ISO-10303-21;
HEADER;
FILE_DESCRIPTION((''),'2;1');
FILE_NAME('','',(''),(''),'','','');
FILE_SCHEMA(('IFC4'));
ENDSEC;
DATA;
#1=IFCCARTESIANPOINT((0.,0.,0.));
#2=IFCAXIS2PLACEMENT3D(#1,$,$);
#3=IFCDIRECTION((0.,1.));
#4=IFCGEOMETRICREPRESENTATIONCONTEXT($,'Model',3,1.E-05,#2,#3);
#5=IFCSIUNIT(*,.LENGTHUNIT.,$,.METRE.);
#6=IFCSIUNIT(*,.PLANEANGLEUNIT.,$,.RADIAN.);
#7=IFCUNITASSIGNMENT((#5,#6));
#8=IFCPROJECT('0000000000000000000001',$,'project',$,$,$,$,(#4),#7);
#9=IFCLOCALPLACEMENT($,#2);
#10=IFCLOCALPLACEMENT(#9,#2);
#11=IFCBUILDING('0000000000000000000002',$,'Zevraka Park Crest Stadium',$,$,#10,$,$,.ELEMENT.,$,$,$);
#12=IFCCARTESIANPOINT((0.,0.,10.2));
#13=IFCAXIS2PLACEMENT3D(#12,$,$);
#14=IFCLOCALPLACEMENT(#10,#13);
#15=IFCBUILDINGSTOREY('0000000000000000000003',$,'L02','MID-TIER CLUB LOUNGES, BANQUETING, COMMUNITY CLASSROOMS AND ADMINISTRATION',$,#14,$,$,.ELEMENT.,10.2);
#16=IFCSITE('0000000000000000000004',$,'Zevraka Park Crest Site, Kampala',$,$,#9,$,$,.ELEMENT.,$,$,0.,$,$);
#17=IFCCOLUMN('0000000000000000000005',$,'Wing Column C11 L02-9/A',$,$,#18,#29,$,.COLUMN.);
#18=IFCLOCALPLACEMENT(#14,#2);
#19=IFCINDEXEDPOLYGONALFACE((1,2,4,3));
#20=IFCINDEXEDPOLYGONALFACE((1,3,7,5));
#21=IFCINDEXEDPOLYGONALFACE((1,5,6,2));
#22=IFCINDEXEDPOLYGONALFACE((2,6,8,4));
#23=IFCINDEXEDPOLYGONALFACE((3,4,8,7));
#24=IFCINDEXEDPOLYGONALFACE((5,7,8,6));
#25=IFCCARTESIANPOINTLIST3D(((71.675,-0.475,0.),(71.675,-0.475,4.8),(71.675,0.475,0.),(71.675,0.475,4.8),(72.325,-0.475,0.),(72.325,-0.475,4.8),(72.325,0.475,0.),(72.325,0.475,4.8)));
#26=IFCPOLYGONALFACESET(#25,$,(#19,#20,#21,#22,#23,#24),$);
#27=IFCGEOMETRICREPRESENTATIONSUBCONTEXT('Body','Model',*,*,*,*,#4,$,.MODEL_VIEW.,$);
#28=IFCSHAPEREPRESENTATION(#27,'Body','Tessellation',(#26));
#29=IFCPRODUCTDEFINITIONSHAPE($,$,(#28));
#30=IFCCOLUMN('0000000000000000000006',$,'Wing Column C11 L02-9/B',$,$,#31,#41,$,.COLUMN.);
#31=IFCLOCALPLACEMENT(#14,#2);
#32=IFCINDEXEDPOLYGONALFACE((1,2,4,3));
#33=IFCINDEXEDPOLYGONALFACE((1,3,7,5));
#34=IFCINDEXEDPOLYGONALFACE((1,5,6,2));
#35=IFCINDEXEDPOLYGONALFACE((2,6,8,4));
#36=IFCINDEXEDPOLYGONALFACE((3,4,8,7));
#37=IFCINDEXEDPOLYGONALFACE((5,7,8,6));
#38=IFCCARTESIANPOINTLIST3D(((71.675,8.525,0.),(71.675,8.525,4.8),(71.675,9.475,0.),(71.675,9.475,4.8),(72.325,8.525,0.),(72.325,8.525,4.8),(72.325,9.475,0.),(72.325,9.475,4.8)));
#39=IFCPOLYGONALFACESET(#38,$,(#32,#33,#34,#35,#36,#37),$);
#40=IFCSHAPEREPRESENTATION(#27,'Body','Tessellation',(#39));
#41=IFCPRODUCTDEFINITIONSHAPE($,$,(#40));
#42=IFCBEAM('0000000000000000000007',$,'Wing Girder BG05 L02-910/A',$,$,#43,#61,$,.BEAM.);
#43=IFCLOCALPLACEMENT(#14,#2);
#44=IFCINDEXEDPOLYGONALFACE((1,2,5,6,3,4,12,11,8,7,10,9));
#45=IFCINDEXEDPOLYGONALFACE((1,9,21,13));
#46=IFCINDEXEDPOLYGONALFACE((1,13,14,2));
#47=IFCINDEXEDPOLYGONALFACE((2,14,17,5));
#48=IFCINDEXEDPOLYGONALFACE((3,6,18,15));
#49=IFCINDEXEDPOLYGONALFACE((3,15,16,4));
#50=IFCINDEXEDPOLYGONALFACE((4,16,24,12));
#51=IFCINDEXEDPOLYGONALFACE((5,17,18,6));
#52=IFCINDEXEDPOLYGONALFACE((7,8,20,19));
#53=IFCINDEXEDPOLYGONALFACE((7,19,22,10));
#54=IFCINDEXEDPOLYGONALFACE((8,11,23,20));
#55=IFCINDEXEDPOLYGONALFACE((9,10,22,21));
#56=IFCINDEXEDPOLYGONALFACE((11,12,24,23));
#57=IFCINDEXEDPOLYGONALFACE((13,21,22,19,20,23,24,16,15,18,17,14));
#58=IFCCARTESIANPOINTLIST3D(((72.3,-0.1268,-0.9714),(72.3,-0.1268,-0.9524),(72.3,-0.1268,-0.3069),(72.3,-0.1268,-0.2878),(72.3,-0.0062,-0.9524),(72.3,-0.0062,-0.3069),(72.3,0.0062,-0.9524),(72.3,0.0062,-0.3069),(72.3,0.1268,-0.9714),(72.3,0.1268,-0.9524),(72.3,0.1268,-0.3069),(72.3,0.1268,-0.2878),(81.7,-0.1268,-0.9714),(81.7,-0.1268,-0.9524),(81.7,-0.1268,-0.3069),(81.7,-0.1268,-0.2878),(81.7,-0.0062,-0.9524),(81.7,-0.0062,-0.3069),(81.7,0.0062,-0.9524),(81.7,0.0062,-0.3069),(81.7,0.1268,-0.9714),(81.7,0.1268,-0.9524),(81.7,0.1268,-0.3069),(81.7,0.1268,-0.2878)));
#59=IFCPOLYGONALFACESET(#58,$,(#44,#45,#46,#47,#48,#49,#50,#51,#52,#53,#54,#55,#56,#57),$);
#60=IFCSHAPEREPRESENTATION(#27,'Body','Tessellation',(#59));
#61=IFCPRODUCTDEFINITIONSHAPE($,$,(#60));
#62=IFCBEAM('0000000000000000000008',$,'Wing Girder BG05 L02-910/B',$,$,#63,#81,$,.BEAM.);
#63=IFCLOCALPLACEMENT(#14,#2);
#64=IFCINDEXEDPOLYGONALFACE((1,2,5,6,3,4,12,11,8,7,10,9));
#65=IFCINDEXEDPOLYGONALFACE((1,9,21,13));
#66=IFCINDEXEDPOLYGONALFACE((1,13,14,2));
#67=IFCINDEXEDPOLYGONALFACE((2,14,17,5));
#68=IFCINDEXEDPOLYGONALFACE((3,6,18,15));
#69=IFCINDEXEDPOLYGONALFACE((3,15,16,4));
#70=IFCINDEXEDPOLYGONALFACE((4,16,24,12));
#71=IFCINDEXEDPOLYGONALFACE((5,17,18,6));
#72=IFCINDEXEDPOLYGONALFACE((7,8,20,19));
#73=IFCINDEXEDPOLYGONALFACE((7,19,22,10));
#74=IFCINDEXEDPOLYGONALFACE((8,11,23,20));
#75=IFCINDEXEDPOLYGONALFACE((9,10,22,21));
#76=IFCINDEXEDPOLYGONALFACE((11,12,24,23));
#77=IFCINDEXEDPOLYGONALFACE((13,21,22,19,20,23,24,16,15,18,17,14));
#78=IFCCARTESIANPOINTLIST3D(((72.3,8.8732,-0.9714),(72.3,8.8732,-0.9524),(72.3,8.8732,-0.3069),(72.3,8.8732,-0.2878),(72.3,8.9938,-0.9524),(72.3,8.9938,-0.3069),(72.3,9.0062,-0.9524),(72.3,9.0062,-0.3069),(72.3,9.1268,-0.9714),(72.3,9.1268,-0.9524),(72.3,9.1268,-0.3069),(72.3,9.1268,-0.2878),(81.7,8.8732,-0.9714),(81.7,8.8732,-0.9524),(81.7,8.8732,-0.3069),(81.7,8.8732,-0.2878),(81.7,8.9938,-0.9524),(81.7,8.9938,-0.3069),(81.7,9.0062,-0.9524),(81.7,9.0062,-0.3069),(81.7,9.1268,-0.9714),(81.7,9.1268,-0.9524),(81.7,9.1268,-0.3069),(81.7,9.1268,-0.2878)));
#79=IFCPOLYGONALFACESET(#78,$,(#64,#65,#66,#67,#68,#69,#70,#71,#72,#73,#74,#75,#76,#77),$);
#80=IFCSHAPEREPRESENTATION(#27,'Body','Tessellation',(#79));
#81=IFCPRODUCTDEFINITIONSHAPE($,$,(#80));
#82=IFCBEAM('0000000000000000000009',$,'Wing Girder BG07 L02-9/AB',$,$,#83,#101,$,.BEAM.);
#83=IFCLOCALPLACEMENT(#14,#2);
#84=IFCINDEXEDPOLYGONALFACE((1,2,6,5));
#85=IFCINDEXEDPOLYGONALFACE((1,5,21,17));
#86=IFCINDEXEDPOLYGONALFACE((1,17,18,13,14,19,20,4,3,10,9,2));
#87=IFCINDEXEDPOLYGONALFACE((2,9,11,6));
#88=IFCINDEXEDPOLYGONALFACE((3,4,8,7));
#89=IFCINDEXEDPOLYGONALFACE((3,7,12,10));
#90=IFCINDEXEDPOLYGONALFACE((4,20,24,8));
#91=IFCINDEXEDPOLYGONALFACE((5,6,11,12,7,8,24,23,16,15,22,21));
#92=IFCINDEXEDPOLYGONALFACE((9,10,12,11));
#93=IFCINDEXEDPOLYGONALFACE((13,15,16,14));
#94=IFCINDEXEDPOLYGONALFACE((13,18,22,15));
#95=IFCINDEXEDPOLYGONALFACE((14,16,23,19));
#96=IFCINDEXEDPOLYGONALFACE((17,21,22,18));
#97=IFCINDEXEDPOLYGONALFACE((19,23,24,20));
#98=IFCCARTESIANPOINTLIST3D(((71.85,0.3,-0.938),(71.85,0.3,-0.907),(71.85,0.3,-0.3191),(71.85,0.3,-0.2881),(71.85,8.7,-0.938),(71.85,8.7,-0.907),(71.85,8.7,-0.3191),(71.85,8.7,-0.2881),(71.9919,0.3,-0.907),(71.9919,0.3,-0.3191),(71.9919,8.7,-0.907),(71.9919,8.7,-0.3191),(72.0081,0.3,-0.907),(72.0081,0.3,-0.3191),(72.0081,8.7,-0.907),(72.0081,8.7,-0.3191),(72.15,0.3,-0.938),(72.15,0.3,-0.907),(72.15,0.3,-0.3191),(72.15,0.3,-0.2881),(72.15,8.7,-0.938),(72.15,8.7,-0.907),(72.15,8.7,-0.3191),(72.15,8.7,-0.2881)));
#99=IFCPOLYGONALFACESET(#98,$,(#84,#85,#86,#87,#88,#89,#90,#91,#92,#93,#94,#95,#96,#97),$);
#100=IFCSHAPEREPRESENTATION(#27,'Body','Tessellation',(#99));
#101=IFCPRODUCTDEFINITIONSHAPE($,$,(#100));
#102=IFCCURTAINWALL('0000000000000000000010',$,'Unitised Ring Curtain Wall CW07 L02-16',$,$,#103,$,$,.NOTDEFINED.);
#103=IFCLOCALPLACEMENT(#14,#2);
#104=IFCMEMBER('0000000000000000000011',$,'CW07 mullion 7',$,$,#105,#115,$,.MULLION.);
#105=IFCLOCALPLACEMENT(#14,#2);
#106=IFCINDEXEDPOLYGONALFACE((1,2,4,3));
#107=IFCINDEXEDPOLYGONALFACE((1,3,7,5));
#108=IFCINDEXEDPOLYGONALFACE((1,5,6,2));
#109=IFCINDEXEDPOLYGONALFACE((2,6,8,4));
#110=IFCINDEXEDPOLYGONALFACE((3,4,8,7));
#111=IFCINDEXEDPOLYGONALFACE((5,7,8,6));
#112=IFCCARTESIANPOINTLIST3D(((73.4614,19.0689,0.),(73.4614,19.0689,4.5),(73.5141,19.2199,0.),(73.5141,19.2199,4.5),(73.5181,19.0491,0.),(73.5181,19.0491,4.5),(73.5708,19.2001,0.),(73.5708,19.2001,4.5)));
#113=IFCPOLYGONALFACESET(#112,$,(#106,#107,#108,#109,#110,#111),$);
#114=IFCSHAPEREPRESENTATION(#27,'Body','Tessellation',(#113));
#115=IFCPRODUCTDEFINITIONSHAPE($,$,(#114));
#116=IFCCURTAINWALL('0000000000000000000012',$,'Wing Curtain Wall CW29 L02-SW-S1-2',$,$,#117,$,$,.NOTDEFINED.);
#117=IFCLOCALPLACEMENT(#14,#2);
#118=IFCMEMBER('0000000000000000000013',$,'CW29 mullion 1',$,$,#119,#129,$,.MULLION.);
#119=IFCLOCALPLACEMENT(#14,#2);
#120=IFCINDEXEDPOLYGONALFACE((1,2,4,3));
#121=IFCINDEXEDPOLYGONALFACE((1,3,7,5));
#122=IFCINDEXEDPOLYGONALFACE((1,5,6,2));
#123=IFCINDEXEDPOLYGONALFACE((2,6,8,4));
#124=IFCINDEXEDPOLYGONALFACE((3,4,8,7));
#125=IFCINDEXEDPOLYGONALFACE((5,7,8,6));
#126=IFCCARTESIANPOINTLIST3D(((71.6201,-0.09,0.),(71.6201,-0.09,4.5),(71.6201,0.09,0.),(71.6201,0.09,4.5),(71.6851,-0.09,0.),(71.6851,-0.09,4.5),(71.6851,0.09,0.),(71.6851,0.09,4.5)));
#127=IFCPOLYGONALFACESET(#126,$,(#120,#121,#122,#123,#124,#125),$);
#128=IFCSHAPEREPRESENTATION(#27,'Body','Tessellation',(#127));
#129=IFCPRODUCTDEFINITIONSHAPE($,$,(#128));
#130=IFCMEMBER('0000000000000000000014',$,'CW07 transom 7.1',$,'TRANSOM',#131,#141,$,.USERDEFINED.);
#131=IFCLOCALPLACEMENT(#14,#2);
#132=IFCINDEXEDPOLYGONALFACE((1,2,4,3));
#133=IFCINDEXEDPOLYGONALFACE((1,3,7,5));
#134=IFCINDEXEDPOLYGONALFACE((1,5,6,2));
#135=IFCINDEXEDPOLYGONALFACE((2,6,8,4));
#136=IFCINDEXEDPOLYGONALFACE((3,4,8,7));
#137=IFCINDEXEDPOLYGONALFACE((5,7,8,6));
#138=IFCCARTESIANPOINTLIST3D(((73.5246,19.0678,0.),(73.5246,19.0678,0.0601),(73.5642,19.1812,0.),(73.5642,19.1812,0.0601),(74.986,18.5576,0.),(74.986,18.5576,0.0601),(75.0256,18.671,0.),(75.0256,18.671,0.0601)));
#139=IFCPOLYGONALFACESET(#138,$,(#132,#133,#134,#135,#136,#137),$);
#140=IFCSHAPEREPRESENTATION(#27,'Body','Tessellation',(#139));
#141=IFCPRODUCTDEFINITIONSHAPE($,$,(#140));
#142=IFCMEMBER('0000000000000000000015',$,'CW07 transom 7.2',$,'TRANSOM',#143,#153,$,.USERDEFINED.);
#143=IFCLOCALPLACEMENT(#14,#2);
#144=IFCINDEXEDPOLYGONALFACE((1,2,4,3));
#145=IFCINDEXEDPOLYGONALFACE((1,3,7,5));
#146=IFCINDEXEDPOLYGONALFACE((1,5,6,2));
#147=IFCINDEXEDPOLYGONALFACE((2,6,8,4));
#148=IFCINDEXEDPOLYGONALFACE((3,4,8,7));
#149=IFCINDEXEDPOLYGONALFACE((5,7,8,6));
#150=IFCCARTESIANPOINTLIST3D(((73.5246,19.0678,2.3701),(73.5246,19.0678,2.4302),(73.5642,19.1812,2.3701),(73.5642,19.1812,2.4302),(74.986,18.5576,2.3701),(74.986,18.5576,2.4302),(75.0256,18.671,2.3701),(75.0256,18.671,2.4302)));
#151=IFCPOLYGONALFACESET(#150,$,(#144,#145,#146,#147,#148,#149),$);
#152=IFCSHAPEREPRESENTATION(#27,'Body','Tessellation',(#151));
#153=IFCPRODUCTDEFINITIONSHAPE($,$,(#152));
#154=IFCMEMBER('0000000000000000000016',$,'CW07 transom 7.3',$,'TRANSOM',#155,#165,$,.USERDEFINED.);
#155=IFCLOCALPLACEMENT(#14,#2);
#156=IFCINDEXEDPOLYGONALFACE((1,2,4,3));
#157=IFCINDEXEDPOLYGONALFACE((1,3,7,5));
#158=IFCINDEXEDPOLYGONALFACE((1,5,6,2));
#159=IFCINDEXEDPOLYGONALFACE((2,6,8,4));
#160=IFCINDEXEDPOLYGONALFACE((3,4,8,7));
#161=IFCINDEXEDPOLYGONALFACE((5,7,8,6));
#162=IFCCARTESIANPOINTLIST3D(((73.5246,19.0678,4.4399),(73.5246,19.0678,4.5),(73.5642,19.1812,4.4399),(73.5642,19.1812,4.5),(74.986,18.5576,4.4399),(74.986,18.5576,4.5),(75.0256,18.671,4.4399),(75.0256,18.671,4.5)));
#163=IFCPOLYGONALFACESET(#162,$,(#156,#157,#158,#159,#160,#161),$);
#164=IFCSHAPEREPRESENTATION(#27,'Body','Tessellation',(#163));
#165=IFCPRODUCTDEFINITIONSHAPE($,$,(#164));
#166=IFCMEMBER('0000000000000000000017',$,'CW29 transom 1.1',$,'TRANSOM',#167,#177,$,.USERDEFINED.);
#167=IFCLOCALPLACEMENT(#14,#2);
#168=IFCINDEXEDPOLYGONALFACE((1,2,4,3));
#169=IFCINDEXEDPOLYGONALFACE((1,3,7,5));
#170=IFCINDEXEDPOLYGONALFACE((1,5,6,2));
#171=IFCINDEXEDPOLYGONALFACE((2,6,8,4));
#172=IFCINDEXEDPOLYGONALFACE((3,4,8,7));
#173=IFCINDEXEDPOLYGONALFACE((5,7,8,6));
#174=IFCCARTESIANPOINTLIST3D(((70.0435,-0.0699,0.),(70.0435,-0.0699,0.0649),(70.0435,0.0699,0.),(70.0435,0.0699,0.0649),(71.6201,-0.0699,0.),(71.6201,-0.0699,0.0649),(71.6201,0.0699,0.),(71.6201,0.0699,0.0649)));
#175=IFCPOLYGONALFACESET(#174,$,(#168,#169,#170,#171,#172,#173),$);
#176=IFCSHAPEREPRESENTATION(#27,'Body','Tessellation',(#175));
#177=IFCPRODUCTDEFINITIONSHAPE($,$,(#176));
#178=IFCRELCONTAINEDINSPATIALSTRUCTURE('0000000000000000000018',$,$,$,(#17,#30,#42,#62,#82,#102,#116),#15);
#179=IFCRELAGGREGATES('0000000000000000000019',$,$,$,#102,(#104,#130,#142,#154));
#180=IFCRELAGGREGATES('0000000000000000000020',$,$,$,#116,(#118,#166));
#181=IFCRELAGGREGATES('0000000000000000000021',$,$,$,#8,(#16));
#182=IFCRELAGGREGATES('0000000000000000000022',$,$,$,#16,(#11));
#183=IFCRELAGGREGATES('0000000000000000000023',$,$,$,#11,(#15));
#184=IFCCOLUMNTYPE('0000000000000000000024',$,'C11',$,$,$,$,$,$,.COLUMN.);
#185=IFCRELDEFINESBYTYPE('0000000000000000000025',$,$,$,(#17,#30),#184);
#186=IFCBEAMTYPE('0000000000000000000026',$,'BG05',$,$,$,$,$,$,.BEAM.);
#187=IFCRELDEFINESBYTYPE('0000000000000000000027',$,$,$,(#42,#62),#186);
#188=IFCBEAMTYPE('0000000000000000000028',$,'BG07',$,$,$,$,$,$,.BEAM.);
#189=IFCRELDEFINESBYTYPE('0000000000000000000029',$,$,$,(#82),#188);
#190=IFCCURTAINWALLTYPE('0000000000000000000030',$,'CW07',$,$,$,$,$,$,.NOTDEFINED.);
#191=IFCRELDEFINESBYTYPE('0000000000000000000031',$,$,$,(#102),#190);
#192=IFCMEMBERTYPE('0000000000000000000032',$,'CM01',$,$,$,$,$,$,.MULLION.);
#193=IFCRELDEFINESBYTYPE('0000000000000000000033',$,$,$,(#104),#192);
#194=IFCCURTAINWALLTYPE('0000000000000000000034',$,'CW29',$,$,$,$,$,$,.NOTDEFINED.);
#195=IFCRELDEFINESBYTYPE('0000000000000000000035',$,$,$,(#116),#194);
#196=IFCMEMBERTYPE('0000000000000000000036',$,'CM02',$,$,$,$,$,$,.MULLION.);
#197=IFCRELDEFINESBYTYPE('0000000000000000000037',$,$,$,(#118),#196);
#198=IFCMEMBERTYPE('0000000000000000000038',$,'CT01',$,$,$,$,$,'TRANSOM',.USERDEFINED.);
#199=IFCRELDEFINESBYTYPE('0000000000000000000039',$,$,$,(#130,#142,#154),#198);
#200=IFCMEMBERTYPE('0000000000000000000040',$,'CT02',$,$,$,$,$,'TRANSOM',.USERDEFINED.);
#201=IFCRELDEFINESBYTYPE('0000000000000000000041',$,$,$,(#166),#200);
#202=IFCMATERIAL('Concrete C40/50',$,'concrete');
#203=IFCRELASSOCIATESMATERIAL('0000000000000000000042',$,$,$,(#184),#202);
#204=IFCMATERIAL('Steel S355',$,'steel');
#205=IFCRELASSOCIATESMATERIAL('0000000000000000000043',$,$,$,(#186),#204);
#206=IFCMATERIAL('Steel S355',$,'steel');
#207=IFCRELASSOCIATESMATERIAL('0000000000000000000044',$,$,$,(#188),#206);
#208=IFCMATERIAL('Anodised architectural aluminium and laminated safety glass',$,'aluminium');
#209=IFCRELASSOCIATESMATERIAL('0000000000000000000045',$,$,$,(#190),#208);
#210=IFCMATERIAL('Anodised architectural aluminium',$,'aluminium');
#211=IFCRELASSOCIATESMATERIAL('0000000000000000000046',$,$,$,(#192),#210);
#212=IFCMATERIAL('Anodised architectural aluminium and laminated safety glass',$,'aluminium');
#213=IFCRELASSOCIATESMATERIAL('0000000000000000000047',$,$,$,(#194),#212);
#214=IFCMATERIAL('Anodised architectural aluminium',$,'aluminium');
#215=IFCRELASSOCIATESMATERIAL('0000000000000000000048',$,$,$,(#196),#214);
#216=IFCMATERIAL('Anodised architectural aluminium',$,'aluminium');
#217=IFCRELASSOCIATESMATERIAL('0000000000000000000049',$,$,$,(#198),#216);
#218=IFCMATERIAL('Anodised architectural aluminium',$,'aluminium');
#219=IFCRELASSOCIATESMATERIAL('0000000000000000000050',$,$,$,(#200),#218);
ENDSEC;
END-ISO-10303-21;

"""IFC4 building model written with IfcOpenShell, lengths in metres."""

from ifc_helpers import new_model, si_unit, direction, frame, origin, origin_2d, place, context, subcontext, project, spatial, rectangle, i_section, extrude, material, material_profile, profile_set, type_object, element, aggregate, save


model = new_model("IFC4")

# Units and contexts
model_context = context("Model", 3, precision=1e-05, world=origin(), true_north=direction((0.0, 1.0)))
body_context = subcontext(model_context, "Body", "Model", "MODEL_VIEW")
ifc_project = project(units=[si_unit("LENGTHUNIT", "METRE"), si_unit("PLANEANGLEUNIT", "RADIAN")], contexts=[model_context])

# Site, building, storey
site_placement = place(None, origin())
site = spatial("IfcSite", under=ifc_project, at=site_placement, Name="Zevraka Park Crest Site, Kampala", CompositionType="ELEMENT", RefElevation=0.0)
building_placement = place(site_placement, origin())
building = spatial("IfcBuilding", under=site, at=building_placement, Name="Zevraka Park Crest Stadium", CompositionType="ELEMENT")
storey_placement = place(building_placement, frame((0.0, 0.0, 10.2)))
storey = spatial("IfcBuildingStorey", under=building, at=storey_placement, Name="L02", Description="MID-TIER CLUB LOUNGES, BANQUETING, COMMUNITY CLASSROOMS AND ADMINISTRATION", CompositionType="ELEMENT", Elevation=10.2)

# Columns
ifc_material_1 = material(Name="Concrete C40/50", Category="concrete")
ifc_material_profile_1 = material_profile(ifc_material_1, rectangle(XDim=0.6499, YDim=0.95, at=origin_2d()), Name="RC 950x650")
ifc_profile_set_1 = profile_set([ifc_material_profile_1], Name="Concrete C40/50")
column_type = type_object("IfcColumnType", Name="C11", PredefinedType="COLUMN", material=ifc_profile_set_1)
for number, where, z_axis, x_axis, name in (
    (1, (72.0, 0.0, 0.0), (0.0, 0.0, 1.0), (1.0, 0.0, 0.0), "Wing Column C11 L02-9/A"),
    (2, (72.0, 9.0, 0.0), (0.0, 0.0, 1.0), (1.0, 0.0, 0.0), "Wing Column C11 L02-9/B"),
):
    element("IfcColumn", number, at=place(storey_placement, frame(where, z_axis=z_axis, x_axis=x_axis)), inside=storey, type_object=column_type, Name=name, PredefinedType="COLUMN", context=body_context, shape_type="SweptSolid", body=[
        extrude(rectangle(XDim=0.6499, YDim=0.95, at=origin_2d()), origin(), (0.0, 0.0, 1.0), 4.8),
    ])

# Beams
ifc_material_2 = material(Name="Steel S355", Category="steel")
ifc_material_profile_2 = material_profile(ifc_material_2, i_section(OverallWidth=0.2537, OverallDepth=0.6836, WebThickness=0.0125, FlangeThickness=0.019, at=origin_2d()), Name="UKB 686x254x140")
ifc_profile_set_2 = profile_set([ifc_material_profile_2], Name="Steel S355")
beam_type_1 = type_object("IfcBeamType", Name="BG05", PredefinedType="BEAM", material=ifc_profile_set_2)
for number, where, z_axis, x_axis, name in (
    (3, (72.3, 0.0, -0.6296), (1.0, 0.0, 0.0), (0.0, 1.0, 0.0), "Wing Girder BG05 L02-910/A"),
    (4, (72.3, 9.0, -0.6296), (1.0, 0.0, 0.0), (0.0, 1.0, 0.0), "Wing Girder BG05 L02-910/B"),
):
    element("IfcBeam", number, at=place(storey_placement, frame(where, z_axis=z_axis, x_axis=x_axis)), inside=storey, type_object=beam_type_1, Name=name, PredefinedType="BEAM", context=body_context, shape_type="SweptSolid", body=[
        extrude(i_section(OverallWidth=0.2537, OverallDepth=0.6836, WebThickness=0.0125, FlangeThickness=0.019, at=origin_2d()), origin(), (0.0, 0.0, 1.0), 9.3999),
    ])
ifc_material_3 = material(Name="Steel S355", Category="steel")
ifc_material_profile_3 = material_profile(ifc_material_3, i_section(OverallWidth=0.3, OverallDepth=0.6499, WebThickness=0.0161, FlangeThickness=0.031, at=origin_2d()), Name="HEB 650")
ifc_profile_set_3 = profile_set([ifc_material_profile_3], Name="Steel S355")
beam_type_2 = type_object("IfcBeamType", Name="BG07", PredefinedType="BEAM", material=ifc_profile_set_3)
beam_placement = place(storey_placement, frame((72.0, 0.3, -0.613), z_axis=(0.0, 1.0, 0.0), x_axis=(-1.0, 0.0, 0.0)))
element("IfcBeam", 5, at=beam_placement, inside=storey, type_object=beam_type_2, Name="Wing Girder BG07 L02-9/AB", PredefinedType="BEAM", context=body_context, shape_type="SweptSolid", body=[
    extrude(i_section(OverallWidth=0.3, OverallDepth=0.6499, WebThickness=0.0161, FlangeThickness=0.031, at=origin_2d()), origin(), (0.0, 0.0, 1.0), 8.3999),
])

# Curtain walls, members
ifc_material_4 = material(Name="Anodised architectural aluminium and laminated safety glass", Category="aluminium")
curtain_wall_type_1 = type_object("IfcCurtainWallType", Name="CW07", PredefinedType="NOTDEFINED", material=ifc_material_4)
curtain_wall_1_placement = place(storey_placement, origin())
curtain_wall_1 = element("IfcCurtainWall", 6, at=curtain_wall_1_placement, inside=storey, type_object=curtain_wall_type_1, Name="Unitised Ring Curtain Wall CW07 L02-16", PredefinedType="NOTDEFINED")
ifc_material_5 = material(Name="Anodised architectural aluminium", Category="aluminium")
ifc_material_profile_4 = material_profile(ifc_material_5, rectangle(XDim=0.1599, YDim=0.0601, at=origin_2d()), Name="ALU MULLION 160x60")
ifc_profile_set_4 = profile_set([ifc_material_profile_4], Name="Anodised architectural aluminium")
member_type_1 = type_object("IfcMemberType", Name="CM01", PredefinedType="MULLION", material=ifc_profile_set_4)
member_1_placement = place(storey_placement, frame((73.5161, 19.1345, 0.0), z_axis=(0.0, 0.0, 1.0), x_axis=(0.329619, 0.944114, 0.0)))
member_1 = element("IfcMember", 7, at=member_1_placement, type_object=member_type_1, Name="CW07 mullion 7", PredefinedType="MULLION", context=body_context, shape_type="SweptSolid", body=[
    extrude(rectangle(XDim=0.1599, YDim=0.0601, at=origin_2d()), origin(), (0.0, 0.0, 1.0), 4.5),
])
ifc_material_6 = material(Name="Anodised architectural aluminium and laminated safety glass", Category="aluminium")
curtain_wall_type_2 = type_object("IfcCurtainWallType", Name="CW29", PredefinedType="NOTDEFINED", material=ifc_material_6)
curtain_wall_2_placement = place(storey_placement, origin())
curtain_wall_2 = element("IfcCurtainWall", 8, at=curtain_wall_2_placement, inside=storey, type_object=curtain_wall_type_2, Name="Wing Curtain Wall CW29 L02-SW-S1-2", PredefinedType="NOTDEFINED")
ifc_material_7 = material(Name="Anodised architectural aluminium", Category="aluminium")
ifc_material_profile_5 = material_profile(ifc_material_7, rectangle(XDim=0.1799, YDim=0.0649, at=origin_2d()), Name="ALU MULLION 180x65")
ifc_profile_set_5 = profile_set([ifc_material_profile_5], Name="Anodised architectural aluminium")
member_type_2 = type_object("IfcMemberType", Name="CM02", PredefinedType="MULLION", material=ifc_profile_set_5)
member_2_placement = place(storey_placement, frame((71.6526, 0.0, 0.0), z_axis=(0.0, 0.0, 1.0), x_axis=(0.0, -1.0, 0.0)))
member_2 = element("IfcMember", 9, at=member_2_placement, type_object=member_type_2, Name="CW29 mullion 1", PredefinedType="MULLION", context=body_context, shape_type="SweptSolid", body=[
    extrude(rectangle(XDim=0.1799, YDim=0.0649, at=origin_2d()), origin(), (0.0, 0.0, 1.0), 4.5),
])

# Members
ifc_material_8 = material(Name="Anodised architectural aluminium", Category="aluminium")
ifc_material_profile_6 = material_profile(ifc_material_8, rectangle(XDim=0.1201, YDim=0.0601, at=origin_2d()), Name="ALU TRANSOM 120x60")
ifc_profile_set_6 = profile_set([ifc_material_profile_6], Name="Anodised architectural aluminium")
member_type_3 = type_object("IfcMemberType", Name="CT01", ElementType="TRANSOM", PredefinedType="USERDEFINED", material=ifc_profile_set_6)
member_3_placement = place(storey_placement, frame((73.5444, 19.1245, 0.03), z_axis=(0.944109, -0.329634, 0.0), x_axis=(0.329634, 0.944109, 0.0)))
member_3 = element("IfcMember", 10, at=member_3_placement, type_object=member_type_3, Name="CW07 transom 7.1", ObjectType="TRANSOM", PredefinedType="USERDEFINED", context=body_context, shape_type="SweptSolid", body=[
    extrude(rectangle(XDim=0.1201, YDim=0.0601, at=origin_2d()), origin(), (0.0, 0.0, 1.0), 1.5479),
])
member_4_placement = place(storey_placement, frame((73.5444, 19.1245, 2.4001), z_axis=(0.944109, -0.329634, 0.0), x_axis=(0.329634, 0.944109, 0.0)))
member_4 = element("IfcMember", 11, at=member_4_placement, type_object=member_type_3, Name="CW07 transom 7.2", ObjectType="TRANSOM", PredefinedType="USERDEFINED", context=body_context, shape_type="SweptSolid", body=[
    extrude(rectangle(XDim=0.1201, YDim=0.0601, at=origin_2d()), origin(), (0.0, 0.0, 1.0), 1.5479),
])
member_5_placement = place(storey_placement, frame((73.5444, 19.1245, 4.47), z_axis=(0.944109, -0.329634, 0.0), x_axis=(0.329634, 0.944109, 0.0)))
member_5 = element("IfcMember", 12, at=member_5_placement, type_object=member_type_3, Name="CW07 transom 7.3", ObjectType="TRANSOM", PredefinedType="USERDEFINED", context=body_context, shape_type="SweptSolid", body=[
    extrude(rectangle(XDim=0.1201, YDim=0.0601, at=origin_2d()), origin(), (0.0, 0.0, 1.0), 1.5479),
])
aggregate(curtain_wall_1, [member_1, member_3, member_4, member_5])
ifc_material_9 = material(Name="Anodised architectural aluminium", Category="aluminium")
ifc_material_profile_7 = material_profile(ifc_material_9, rectangle(XDim=0.1399, YDim=0.0649, at=origin_2d()), Name="ALU TRANSOM 140x65")
ifc_profile_set_7 = profile_set([ifc_material_profile_7], Name="Anodised architectural aluminium")
member_type_4 = type_object("IfcMemberType", Name="CT02", ElementType="TRANSOM", PredefinedType="USERDEFINED", material=ifc_profile_set_7)
member_6_placement = place(storey_placement, frame((71.6201, 0.0, 0.0325), z_axis=(-1.0, 0.0, 0.0), x_axis=(0.0, -1.0, 0.0)))
member_6 = element("IfcMember", 13, at=member_6_placement, type_object=member_type_4, Name="CW29 transom 1.1", ObjectType="TRANSOM", PredefinedType="USERDEFINED", context=body_context, shape_type="SweptSolid", body=[
    extrude(rectangle(XDim=0.1399, YDim=0.0649, at=origin_2d()), origin(), (0.0, 0.0, 1.0), 1.5767),
])

aggregate(curtain_wall_2, [member_2, member_6])

save(model, "model.ifc")
